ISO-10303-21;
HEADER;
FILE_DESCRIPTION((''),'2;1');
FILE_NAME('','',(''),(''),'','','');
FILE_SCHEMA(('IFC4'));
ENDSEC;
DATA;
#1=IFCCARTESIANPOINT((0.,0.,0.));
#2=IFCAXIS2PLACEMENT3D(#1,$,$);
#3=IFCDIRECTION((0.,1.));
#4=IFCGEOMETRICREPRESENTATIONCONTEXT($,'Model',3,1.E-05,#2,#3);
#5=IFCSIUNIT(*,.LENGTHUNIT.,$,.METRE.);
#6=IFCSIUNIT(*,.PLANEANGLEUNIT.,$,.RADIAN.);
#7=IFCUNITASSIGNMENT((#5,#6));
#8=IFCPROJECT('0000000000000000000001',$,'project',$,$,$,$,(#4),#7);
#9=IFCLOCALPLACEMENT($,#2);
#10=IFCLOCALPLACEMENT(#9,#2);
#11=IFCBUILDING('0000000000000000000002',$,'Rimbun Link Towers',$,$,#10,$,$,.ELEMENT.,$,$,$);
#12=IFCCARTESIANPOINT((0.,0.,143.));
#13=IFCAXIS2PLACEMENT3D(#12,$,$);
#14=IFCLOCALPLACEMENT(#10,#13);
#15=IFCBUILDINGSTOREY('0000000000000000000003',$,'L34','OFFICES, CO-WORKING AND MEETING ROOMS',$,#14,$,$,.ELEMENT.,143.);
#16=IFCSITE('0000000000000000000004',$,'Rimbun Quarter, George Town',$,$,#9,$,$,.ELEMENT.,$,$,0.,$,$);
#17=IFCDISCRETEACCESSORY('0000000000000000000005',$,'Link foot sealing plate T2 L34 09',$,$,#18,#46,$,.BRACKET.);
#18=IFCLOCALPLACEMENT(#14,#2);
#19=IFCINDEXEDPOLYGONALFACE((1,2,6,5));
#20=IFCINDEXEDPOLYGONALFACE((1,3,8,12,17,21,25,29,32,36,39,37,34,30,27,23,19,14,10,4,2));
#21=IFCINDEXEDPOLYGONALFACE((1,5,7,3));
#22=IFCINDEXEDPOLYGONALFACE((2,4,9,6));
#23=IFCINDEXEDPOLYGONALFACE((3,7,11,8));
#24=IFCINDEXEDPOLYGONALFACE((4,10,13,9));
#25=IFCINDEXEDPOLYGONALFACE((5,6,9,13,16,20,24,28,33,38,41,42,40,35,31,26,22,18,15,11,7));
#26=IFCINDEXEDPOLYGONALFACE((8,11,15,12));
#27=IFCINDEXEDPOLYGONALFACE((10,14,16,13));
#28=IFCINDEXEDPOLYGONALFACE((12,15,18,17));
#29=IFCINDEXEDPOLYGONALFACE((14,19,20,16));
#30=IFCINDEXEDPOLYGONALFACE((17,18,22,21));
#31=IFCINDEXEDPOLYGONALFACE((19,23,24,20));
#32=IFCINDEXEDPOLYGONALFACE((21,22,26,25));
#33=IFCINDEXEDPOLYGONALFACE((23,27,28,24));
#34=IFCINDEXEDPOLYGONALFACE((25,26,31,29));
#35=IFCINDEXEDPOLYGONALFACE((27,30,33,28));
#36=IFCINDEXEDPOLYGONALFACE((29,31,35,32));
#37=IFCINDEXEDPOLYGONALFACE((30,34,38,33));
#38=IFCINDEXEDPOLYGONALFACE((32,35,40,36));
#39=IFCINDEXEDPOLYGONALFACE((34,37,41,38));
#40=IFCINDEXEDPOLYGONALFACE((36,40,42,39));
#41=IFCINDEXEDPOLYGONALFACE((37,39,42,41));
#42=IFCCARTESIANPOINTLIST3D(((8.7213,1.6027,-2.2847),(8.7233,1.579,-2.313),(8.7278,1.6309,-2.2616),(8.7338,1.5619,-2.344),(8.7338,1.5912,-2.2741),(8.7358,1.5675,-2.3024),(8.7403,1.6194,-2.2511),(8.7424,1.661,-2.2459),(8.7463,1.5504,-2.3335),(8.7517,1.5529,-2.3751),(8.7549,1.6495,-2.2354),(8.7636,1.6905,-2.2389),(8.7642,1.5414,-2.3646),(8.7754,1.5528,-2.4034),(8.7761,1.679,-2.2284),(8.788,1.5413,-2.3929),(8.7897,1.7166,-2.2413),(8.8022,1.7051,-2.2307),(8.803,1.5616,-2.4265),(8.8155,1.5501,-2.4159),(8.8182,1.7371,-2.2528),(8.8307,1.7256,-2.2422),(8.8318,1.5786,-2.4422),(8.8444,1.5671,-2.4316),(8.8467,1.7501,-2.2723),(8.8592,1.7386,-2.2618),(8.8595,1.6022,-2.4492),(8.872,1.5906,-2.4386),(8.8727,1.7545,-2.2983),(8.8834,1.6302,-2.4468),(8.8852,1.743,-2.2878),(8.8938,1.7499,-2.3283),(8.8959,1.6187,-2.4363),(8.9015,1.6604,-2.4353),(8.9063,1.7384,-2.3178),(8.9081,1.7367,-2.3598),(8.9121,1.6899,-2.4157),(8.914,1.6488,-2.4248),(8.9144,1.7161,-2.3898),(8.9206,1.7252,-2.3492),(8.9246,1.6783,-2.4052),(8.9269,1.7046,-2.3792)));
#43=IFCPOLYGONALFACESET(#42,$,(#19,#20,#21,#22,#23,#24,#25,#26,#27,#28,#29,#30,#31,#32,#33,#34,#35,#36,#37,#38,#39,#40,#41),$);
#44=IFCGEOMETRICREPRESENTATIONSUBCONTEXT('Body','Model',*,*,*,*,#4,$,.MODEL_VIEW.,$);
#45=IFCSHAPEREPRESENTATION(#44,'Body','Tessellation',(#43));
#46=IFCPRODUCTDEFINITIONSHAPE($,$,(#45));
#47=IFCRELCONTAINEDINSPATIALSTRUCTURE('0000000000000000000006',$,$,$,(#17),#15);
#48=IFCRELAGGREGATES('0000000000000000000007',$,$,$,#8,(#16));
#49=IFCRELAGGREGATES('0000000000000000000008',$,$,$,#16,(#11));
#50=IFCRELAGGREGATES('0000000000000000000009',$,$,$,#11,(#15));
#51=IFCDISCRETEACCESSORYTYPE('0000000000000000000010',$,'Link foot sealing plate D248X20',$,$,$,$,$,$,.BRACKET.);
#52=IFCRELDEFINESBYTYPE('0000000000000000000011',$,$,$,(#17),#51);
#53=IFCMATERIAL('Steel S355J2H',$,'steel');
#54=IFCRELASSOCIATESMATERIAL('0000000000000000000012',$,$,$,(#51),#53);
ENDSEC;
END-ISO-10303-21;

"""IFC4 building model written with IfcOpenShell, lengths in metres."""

from ifc_helpers import new_model, si_unit, direction, frame, origin, origin_2d, place, context, subcontext, project, spatial, circle, extrude, material, material_profile, profile_set, type_object, element, save


model = new_model("IFC4")

# Units and contexts
model_context = context("Model", 3, precision=1e-05, world=origin(), true_north=direction((0.0, 1.0)))
body_context = subcontext(model_context, "Body", "Model", "MODEL_VIEW")
ifc_project = project(units=[si_unit("LENGTHUNIT", "METRE"), si_unit("PLANEANGLEUNIT", "RADIAN")], contexts=[model_context])

# Site, building, storey
site_placement = place(None, origin())
site = spatial("IfcSite", under=ifc_project, at=site_placement, Name="Rimbun Quarter, George Town", CompositionType="ELEMENT", RefElevation=0.0)
building_placement = place(site_placement, origin())
building = spatial("IfcBuilding", under=site, at=building_placement, Name="Rimbun Link Towers", CompositionType="ELEMENT")
storey_placement = place(building_placement, frame((0.0, 0.0, 143.0)))
storey = spatial("IfcBuildingStorey", under=building, at=storey_placement, Name="L34", Description="OFFICES, CO-WORKING AND MEETING ROOMS", CompositionType="ELEMENT", Elevation=143.0)

# Discrete accessory
ifc_material_1 = material(Name="Steel S355J2H", Category="steel")
ifc_material_profile_1 = material_profile(ifc_material_1, circle(Radius=0.124, at=origin_2d()), Name="PL D248")
ifc_profile_set_1 = profile_set([ifc_material_profile_1], Name="Steel S355J2H")
discrete_accessory_type = type_object("IfcDiscreteAccessoryType", Name="Link foot sealing plate D248X20", PredefinedType="BRACKET", material=ifc_profile_set_1)
discrete_accessory_placement = place(storey_placement, frame((8.8303, 1.6416, -2.3335), z_axis=(-0.624979, 0.575961, -0.526943), x_axis=(-0.677681, -0.735356, 0.0)))
element("IfcDiscreteAccessory", 1, at=discrete_accessory_placement, inside=storey, type_object=discrete_accessory_type, Name="Link foot sealing plate T2 L34 09", PredefinedType="BRACKET", context=body_context, shape_type="SweptSolid", body=[
    extrude(circle(Radius=0.124, at=origin_2d()), origin(), (0.0, 0.0, 1.0), 0.02),
])

save(model, "model.ifc")
